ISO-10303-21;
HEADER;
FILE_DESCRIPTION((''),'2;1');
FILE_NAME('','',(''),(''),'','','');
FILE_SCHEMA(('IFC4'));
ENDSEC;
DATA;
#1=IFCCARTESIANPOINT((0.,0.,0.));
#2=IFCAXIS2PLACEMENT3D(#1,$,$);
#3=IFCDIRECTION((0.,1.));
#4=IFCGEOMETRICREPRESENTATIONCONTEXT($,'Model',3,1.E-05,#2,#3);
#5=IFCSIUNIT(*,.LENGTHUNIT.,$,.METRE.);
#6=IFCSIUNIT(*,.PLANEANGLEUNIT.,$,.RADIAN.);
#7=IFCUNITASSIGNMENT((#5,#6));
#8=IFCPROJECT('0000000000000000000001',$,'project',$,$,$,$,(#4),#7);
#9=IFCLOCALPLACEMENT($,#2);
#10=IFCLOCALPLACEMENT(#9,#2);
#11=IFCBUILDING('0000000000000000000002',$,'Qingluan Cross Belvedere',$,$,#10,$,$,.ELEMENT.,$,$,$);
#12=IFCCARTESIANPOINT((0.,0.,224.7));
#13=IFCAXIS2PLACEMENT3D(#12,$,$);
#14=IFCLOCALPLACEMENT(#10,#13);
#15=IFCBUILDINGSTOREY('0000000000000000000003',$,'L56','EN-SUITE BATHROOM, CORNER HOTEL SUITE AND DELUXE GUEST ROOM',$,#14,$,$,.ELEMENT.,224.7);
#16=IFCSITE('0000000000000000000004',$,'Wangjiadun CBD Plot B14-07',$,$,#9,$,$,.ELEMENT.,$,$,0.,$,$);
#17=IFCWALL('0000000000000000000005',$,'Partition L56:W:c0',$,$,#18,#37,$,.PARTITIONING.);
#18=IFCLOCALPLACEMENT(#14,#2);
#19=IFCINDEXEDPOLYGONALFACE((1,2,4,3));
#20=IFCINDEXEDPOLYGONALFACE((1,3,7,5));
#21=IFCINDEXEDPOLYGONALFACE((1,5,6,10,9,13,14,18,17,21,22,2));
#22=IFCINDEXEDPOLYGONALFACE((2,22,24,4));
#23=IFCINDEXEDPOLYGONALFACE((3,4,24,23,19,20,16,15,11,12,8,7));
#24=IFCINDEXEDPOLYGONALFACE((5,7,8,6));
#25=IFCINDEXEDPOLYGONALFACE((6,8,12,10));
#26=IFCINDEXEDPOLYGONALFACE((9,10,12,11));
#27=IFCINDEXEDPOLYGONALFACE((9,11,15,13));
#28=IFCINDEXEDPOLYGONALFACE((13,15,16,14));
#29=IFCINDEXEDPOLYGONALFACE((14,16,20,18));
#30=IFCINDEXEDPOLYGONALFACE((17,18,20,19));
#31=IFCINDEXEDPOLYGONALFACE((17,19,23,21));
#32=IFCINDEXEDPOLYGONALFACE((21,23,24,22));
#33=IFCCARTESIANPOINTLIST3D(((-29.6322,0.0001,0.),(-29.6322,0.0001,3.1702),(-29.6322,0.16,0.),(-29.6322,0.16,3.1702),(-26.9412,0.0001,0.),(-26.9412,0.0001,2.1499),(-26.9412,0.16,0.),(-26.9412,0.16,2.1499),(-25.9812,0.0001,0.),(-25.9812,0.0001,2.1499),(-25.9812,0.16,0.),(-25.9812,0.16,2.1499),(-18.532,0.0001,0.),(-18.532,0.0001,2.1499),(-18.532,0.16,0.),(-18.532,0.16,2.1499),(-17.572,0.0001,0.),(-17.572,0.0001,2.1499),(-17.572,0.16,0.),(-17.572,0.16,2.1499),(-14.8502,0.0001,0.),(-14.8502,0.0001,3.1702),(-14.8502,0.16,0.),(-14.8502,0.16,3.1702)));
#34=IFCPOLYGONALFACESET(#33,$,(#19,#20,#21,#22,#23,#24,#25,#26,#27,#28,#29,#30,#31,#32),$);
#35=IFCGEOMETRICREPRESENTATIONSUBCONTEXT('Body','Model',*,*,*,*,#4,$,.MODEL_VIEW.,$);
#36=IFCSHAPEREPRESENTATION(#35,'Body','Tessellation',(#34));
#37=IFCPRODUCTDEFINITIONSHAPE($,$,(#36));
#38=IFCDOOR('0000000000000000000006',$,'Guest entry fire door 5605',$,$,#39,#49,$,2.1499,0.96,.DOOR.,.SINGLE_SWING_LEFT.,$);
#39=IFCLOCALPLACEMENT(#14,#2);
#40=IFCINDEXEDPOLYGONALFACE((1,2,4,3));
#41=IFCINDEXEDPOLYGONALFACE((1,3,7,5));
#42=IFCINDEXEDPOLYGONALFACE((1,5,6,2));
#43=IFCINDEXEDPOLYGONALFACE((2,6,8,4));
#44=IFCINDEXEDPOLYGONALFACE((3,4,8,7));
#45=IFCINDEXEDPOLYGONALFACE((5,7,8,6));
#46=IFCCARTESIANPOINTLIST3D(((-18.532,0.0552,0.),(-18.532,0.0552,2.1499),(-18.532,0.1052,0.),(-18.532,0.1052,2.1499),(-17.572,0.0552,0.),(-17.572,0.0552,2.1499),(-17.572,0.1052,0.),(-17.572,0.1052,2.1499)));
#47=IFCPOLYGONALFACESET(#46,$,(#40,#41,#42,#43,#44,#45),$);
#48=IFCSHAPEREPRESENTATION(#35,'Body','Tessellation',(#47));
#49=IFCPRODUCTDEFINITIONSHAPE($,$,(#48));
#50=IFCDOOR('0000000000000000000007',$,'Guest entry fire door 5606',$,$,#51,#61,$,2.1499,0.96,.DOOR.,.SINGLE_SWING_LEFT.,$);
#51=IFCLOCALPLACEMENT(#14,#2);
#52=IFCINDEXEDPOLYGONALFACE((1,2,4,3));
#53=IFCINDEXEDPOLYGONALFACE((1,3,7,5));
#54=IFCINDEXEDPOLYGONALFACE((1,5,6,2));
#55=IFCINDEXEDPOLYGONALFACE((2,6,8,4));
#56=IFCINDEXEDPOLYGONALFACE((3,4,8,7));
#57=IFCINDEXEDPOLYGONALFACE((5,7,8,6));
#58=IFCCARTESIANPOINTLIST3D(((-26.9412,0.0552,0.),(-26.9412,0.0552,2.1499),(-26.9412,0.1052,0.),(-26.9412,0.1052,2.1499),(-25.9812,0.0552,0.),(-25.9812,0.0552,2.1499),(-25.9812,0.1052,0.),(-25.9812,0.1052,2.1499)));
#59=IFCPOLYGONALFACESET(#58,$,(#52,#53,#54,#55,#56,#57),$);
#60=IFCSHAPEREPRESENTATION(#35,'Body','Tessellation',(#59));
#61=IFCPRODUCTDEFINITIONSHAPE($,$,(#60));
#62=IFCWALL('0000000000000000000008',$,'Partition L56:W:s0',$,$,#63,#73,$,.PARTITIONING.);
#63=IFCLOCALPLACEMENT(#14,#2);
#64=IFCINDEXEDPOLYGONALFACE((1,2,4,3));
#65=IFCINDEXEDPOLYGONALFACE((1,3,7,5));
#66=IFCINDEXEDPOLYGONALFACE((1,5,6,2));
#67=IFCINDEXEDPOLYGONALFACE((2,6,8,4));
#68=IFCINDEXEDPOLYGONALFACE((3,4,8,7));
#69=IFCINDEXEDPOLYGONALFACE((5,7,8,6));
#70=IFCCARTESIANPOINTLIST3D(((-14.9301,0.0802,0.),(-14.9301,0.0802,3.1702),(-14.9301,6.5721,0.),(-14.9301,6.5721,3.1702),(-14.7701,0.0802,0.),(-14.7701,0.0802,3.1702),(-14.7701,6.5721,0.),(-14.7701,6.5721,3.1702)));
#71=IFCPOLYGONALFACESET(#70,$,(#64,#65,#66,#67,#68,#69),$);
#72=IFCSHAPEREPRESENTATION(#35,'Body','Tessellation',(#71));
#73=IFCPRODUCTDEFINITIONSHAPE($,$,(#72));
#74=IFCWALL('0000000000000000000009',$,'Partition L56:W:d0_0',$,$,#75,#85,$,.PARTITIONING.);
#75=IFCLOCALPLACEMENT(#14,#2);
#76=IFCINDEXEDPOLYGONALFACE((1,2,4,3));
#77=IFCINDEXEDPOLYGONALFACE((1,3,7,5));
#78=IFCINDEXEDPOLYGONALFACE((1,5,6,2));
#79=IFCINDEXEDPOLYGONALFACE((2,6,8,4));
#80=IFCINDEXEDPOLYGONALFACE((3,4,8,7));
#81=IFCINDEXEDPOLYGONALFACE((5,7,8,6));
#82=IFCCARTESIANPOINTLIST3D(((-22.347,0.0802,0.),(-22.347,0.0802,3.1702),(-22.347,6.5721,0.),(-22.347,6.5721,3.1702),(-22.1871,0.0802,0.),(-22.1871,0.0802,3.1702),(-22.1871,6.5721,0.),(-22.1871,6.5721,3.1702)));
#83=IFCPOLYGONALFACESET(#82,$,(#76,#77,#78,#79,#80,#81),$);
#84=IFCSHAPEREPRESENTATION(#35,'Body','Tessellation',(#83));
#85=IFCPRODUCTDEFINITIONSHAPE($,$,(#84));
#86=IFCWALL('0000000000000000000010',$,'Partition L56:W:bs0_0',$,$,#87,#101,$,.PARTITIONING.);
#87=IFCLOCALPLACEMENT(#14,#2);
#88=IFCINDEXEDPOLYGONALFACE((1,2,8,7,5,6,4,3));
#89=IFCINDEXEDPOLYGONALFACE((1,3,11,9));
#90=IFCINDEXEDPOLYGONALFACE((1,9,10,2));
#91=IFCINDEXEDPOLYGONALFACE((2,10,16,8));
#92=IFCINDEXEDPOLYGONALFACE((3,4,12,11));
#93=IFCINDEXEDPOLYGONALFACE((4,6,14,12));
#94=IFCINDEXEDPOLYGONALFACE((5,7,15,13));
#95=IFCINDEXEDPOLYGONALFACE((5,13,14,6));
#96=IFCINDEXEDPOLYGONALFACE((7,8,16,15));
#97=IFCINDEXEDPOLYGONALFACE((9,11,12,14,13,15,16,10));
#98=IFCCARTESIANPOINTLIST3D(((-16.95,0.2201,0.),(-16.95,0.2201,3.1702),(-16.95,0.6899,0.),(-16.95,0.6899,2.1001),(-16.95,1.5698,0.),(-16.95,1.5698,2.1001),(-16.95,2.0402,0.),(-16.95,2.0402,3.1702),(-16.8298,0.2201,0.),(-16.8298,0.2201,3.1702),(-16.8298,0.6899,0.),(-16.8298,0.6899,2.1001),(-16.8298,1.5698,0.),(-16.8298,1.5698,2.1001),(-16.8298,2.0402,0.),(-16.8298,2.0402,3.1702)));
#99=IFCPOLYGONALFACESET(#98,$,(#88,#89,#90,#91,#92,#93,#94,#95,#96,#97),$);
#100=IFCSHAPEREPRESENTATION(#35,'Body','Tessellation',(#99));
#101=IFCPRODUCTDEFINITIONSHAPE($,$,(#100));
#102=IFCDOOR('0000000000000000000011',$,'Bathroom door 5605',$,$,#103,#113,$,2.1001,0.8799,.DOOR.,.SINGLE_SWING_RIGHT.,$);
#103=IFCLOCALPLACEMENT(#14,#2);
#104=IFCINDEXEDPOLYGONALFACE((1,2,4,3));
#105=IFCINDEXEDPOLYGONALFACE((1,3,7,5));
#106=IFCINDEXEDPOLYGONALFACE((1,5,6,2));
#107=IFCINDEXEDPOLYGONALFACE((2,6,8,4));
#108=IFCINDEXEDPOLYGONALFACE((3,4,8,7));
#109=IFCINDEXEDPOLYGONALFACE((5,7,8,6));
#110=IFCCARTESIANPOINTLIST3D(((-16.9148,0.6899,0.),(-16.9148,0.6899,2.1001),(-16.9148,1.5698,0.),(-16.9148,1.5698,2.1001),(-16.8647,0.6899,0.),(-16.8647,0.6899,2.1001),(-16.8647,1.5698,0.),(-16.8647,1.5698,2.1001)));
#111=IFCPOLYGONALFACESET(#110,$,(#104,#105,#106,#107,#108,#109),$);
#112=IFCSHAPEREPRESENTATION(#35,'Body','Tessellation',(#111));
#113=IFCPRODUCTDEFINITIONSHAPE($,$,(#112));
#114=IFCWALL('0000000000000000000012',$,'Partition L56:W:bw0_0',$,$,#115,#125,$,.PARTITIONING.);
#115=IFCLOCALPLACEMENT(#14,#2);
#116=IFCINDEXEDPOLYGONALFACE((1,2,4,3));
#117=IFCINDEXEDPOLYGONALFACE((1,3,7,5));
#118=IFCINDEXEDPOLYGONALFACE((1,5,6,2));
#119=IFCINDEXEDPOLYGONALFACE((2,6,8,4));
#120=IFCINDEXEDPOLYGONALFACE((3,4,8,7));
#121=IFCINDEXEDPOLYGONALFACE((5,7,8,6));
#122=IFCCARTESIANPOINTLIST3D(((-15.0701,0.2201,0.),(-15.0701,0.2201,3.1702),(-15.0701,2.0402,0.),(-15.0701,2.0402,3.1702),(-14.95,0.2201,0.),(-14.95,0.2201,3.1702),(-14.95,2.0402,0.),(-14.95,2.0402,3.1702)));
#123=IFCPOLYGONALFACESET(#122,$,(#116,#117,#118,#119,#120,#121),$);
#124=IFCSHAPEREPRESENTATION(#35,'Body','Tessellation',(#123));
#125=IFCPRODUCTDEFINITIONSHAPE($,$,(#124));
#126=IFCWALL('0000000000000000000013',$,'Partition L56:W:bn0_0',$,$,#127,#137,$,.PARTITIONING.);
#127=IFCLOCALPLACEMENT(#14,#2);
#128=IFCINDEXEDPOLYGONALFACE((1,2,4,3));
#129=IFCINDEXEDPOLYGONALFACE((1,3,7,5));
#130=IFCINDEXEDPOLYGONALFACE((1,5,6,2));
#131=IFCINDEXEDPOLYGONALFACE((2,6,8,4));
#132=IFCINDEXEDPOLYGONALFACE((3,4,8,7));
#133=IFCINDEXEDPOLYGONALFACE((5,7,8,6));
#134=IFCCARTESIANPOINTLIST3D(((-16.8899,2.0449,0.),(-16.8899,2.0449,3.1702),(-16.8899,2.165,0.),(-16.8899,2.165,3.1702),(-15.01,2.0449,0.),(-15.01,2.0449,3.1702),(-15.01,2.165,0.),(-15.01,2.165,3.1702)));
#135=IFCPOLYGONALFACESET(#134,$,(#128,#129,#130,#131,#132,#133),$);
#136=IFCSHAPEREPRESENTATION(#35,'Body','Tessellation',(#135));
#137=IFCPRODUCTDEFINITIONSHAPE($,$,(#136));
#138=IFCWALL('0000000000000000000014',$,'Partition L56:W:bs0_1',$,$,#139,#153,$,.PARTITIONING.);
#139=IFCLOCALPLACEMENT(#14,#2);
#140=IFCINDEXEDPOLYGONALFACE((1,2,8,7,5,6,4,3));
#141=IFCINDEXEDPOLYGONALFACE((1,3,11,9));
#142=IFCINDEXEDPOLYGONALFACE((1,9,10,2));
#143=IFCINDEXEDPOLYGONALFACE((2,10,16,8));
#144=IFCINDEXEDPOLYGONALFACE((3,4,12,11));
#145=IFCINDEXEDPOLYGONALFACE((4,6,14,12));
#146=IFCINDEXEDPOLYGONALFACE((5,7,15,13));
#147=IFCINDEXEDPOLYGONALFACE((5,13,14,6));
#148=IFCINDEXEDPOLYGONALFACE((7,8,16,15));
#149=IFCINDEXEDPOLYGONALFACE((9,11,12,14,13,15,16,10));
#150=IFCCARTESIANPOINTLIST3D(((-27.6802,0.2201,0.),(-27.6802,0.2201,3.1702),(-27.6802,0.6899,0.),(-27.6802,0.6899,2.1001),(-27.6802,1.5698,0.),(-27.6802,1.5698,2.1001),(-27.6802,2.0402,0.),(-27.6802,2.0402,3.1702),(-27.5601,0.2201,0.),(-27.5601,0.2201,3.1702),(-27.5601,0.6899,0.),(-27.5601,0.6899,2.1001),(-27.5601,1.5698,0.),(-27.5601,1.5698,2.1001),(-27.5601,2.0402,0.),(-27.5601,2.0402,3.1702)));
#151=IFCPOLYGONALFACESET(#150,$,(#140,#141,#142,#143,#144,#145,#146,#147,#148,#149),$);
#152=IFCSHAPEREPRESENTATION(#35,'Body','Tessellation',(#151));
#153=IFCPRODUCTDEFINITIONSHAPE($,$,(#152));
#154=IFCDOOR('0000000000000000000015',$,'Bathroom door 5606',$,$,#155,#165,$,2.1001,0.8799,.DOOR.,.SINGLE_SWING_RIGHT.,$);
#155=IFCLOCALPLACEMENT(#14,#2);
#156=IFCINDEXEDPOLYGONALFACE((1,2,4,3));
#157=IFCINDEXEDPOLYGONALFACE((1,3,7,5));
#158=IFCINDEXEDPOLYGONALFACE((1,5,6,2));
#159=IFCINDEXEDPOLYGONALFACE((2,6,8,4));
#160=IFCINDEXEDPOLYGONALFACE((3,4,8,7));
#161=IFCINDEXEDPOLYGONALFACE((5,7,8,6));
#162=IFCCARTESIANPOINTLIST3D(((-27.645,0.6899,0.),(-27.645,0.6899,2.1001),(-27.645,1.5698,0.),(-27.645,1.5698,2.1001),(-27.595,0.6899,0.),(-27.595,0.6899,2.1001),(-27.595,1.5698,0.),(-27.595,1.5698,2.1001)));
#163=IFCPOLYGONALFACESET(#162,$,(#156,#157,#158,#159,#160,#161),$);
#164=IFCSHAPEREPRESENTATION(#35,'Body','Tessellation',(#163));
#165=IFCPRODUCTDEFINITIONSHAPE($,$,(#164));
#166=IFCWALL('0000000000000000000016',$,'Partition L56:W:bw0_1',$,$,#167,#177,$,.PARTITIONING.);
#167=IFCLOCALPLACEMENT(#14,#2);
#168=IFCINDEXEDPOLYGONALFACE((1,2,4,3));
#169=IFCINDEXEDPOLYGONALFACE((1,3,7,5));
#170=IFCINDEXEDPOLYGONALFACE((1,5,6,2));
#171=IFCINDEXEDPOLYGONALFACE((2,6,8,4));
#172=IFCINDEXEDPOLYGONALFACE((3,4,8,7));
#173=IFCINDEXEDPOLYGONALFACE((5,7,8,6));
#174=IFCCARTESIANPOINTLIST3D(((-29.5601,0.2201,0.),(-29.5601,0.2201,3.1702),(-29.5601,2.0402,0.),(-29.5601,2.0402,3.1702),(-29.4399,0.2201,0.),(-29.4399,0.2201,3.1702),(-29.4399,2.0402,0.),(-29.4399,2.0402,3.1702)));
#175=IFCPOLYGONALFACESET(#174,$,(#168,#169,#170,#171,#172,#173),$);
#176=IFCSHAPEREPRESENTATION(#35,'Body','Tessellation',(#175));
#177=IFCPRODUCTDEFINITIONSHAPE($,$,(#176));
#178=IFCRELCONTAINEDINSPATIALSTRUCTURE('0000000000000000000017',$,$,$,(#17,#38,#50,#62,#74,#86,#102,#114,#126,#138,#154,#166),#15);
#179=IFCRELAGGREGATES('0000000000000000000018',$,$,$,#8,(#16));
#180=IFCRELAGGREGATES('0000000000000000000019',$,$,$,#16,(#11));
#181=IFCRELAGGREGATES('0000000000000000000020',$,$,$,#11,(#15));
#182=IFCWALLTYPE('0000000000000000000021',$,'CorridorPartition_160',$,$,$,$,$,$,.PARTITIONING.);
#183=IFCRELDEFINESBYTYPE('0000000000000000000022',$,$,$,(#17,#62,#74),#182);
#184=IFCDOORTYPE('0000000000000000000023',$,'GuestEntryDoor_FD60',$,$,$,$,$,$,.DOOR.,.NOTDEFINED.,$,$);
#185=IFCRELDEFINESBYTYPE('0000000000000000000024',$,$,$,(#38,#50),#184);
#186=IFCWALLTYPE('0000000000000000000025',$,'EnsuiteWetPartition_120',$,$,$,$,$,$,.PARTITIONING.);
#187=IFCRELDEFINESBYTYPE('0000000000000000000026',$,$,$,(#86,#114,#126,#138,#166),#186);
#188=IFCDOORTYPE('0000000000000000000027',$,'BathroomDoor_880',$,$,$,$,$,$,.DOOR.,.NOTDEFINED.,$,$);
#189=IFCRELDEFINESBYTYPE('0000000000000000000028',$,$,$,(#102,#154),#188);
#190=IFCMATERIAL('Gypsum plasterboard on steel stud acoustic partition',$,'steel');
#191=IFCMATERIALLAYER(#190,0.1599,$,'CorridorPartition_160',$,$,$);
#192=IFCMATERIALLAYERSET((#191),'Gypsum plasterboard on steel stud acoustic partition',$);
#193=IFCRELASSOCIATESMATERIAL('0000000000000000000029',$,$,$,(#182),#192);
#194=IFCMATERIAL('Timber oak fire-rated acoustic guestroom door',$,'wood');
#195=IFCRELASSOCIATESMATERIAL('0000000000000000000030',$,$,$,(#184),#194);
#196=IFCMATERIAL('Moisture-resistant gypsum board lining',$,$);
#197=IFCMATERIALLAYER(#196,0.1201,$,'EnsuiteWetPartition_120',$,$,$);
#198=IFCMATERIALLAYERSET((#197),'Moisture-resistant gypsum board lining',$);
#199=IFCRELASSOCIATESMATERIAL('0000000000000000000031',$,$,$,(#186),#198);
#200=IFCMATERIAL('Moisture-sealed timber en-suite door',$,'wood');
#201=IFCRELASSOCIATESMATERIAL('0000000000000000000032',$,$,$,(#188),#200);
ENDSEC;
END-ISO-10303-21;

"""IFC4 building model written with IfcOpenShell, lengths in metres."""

from ifc_helpers import new_model, si_unit, direction, frame, frame_2d, origin, place, context, subcontext, project, spatial, rectangle, extrude, material, layer, layer_set, type_object, element, fill, save


model = new_model("IFC4")

# Units and contexts
model_context = context("Model", 3, precision=1e-05, world=origin(), true_north=direction((0.0, 1.0)))
body_context = subcontext(model_context, "Body", "Model", "MODEL_VIEW")
ifc_project = project(units=[si_unit("LENGTHUNIT", "METRE"), si_unit("PLANEANGLEUNIT", "RADIAN")], contexts=[model_context])

# Site, building, storey
site_placement = place(None, origin())
site = spatial("IfcSite", under=ifc_project, at=site_placement, Name="Wangjiadun CBD Plot B14-07", CompositionType="ELEMENT", RefElevation=0.0)
building_placement = place(site_placement, origin())
building = spatial("IfcBuilding", under=site, at=building_placement, Name="Qingluan Cross Belvedere", CompositionType="ELEMENT")
storey_placement = place(building_placement, frame((0.0, 0.0, 224.7)))
storey = spatial("IfcBuildingStorey", under=building, at=storey_placement, Name="L56", Description="EN-SUITE BATHROOM, CORNER HOTEL SUITE AND DELUXE GUEST ROOM", CompositionType="ELEMENT", Elevation=224.7)

# Wall, openings, doors
ifc_material_1 = material(Name="Gypsum plasterboard on steel stud acoustic partition", Category="steel")
ifc_layer_1 = layer(ifc_material_1, 0.1599, Name="CorridorPartition_160")
ifc_layer_set_1 = layer_set([ifc_layer_1], Name="Gypsum plasterboard on steel stud acoustic partition")
wall_type_1 = type_object("IfcWallType", Name="CorridorPartition_160", PredefinedType="PARTITIONING", material=ifc_layer_set_1)
wall_1_placement = place(storey_placement, frame((-14.8501, 0.0801, 0.0), z_axis=(0.0, 0.0, 1.0), x_axis=(-1.0, 0.0, 0.0)))
wall_1 = element("IfcWall", 1, at=wall_1_placement, inside=storey, type_object=wall_type_1, Name="Partition L56:W:c0", PredefinedType="PARTITIONING", context=body_context, shape_type="SweptSolid", body=[
    extrude(rectangle(XDim=14.782, YDim=0.1599, at=frame_2d((7.3911, 0.0))), origin(), (0.0, 0.0, 1.0), 3.1702),
])
opening_1_placement = place(wall_1_placement, frame((2.7219, 0.0, 0.0)))
opening_1 = element("IfcOpeningElement", 2, at=opening_1_placement, cuts=wall_1, PredefinedType="OPENING", context=body_context, shape_type="SweptSolid", body=[
    extrude(rectangle(XDim=0.96, YDim=2.1499, at=frame_2d((0.48, 1.075))), frame((0.0, 0.0898, 0.0), z_axis=(0.0, -1.0, 0.0), x_axis=(1.0, 0.0, 0.0)), (0.0, 0.0, 1.0), 0.1799),
])
opening_2_placement = place(wall_1_placement, frame((11.1311, 0.0, 0.0)))
opening_2 = element("IfcOpeningElement", 3, at=opening_2_placement, cuts=wall_1, PredefinedType="OPENING", context=body_context, shape_type="SweptSolid", body=[
    extrude(rectangle(XDim=0.96, YDim=2.1499, at=frame_2d((0.48, 1.075))), frame((0.0, 0.0898, 0.0), z_axis=(0.0, -1.0, 0.0), x_axis=(1.0, 0.0, 0.0)), (0.0, 0.0, 1.0), 0.1799),
])
ifc_material_2 = material(Name="Timber oak fire-rated acoustic guestroom door", Category="wood")
door_type_1 = type_object("IfcDoorType", Name="GuestEntryDoor_FD60", OperationType="NOTDEFINED", PredefinedType="DOOR", material=ifc_material_2)
door_1_placement = place(opening_1_placement, origin())
door_1 = element("IfcDoor", 4, at=door_1_placement, inside=storey, type_object=door_type_1, Name="Guest entry fire door 5605", OperationType="SINGLE_SWING_LEFT", OverallHeight=2.1499, OverallWidth=0.96, PredefinedType="DOOR", context=body_context, shape_type="SweptSolid", body=[
    extrude(rectangle(XDim=0.96, YDim=2.1499, at=frame_2d((0.48, 1.075))), frame((0.0, 0.0249, 0.0), z_axis=(0.0, -1.0, 0.0), x_axis=(1.0, 0.0, 0.0)), (0.0, 0.0, 1.0), 0.05),
])
fill(opening_1, door_1)
door_2_placement = place(opening_2_placement, origin())
door_2 = element("IfcDoor", 5, at=door_2_placement, inside=storey, type_object=door_type_1, Name="Guest entry fire door 5606", OperationType="SINGLE_SWING_LEFT", OverallHeight=2.1499, OverallWidth=0.96, PredefinedType="DOOR", context=body_context, shape_type="SweptSolid", body=[
    extrude(rectangle(XDim=0.96, YDim=2.1499, at=frame_2d((0.48, 1.075))), frame((0.0, 0.0249, 0.0), z_axis=(0.0, -1.0, 0.0), x_axis=(1.0, 0.0, 0.0)), (0.0, 0.0, 1.0), 0.05),
])
fill(opening_2, door_2)

# Walls
for number, where, z_axis, x_axis, name in (
    (6, (-14.8501, 0.0801, 0.0), (0.0, 0.0, 1.0), (0.0, 1.0, 0.0), "Partition L56:W:s0"),
    (7, (-22.2671, 0.0801, 0.0), (0.0, 0.0, 1.0), (0.0, 1.0, 0.0), "Partition L56:W:d0_0"),
):
    element("IfcWall", number, at=place(storey_placement, frame(where, z_axis=z_axis, x_axis=x_axis)), inside=storey, type_object=wall_type_1, Name=name, PredefinedType="PARTITIONING", context=body_context, shape_type="SweptSolid", body=[
        extrude(rectangle(XDim=6.4919, YDim=0.1599, at=frame_2d((3.2461, 0.0))), origin(), (0.0, 0.0, 1.0), 3.1702),
    ])

# Wall, opening, door
ifc_material_3 = material(Name="Moisture-resistant gypsum board lining")
ifc_layer_2 = layer(ifc_material_3, 0.1201, Name="EnsuiteWetPartition_120")
ifc_layer_set_2 = layer_set([ifc_layer_2], Name="Moisture-resistant gypsum board lining")
wall_type_2 = type_object("IfcWallType", Name="EnsuiteWetPartition_120", PredefinedType="PARTITIONING", material=ifc_layer_set_2)
wall_2_placement = place(storey_placement, frame((-16.8899, 0.22, 0.0), z_axis=(0.0, 0.0, 1.0), x_axis=(0.0, 1.0, 0.0)))
wall_2 = element("IfcWall", 8, at=wall_2_placement, inside=storey, type_object=wall_type_2, Name="Partition L56:W:bs0_0", PredefinedType="PARTITIONING", context=body_context, shape_type="SweptSolid", body=[
    extrude(rectangle(XDim=1.8201, YDim=0.1201, at=frame_2d((0.9102, 0.0))), origin(), (0.0, 0.0, 1.0), 3.1702),
])
opening_3_placement = place(wall_2_placement, frame((0.47, 0.0, 0.0)))
opening_3 = element("IfcOpeningElement", 9, at=opening_3_placement, cuts=wall_2, PredefinedType="OPENING", context=body_context, shape_type="SweptSolid", body=[
    extrude(rectangle(XDim=0.8799, YDim=2.1001, at=frame_2d((0.4399, 1.05))), frame((0.0, 0.0701, 0.0), z_axis=(0.0, -1.0, 0.0), x_axis=(1.0, 0.0, 0.0)), (0.0, 0.0, 1.0), 0.1401),
])
ifc_material_4 = material(Name="Moisture-sealed timber en-suite door", Category="wood")
door_type_2 = type_object("IfcDoorType", Name="BathroomDoor_880", OperationType="NOTDEFINED", PredefinedType="DOOR", material=ifc_material_4)
door_3_placement = place(opening_3_placement, origin())
door_3 = element("IfcDoor", 10, at=door_3_placement, inside=storey, type_object=door_type_2, Name="Bathroom door 5605", OperationType="SINGLE_SWING_RIGHT", OverallHeight=2.1001, OverallWidth=0.8799, PredefinedType="DOOR", context=body_context, shape_type="SweptSolid", body=[
    extrude(rectangle(XDim=0.8799, YDim=2.1001, at=frame_2d((0.4399, 1.05))), frame((0.0, 0.0249, 0.0), z_axis=(0.0, -1.0, 0.0), x_axis=(1.0, 0.0, 0.0)), (0.0, 0.0, 1.0), 0.05),
])
fill(opening_3, door_3)

# Walls
wall_3_placement = place(storey_placement, frame((-15.01, 0.22, 0.0), z_axis=(0.0, 0.0, 1.0), x_axis=(0.0, 1.0, 0.0)))
element("IfcWall", 11, at=wall_3_placement, inside=storey, type_object=wall_type_2, Name="Partition L56:W:bw0_0", PredefinedType="PARTITIONING", context=body_context, shape_type="SweptSolid", body=[
    extrude(rectangle(XDim=1.8201, YDim=0.1201, at=frame_2d((0.9102, 0.0))), origin(), (0.0, 0.0, 1.0), 3.1702),
])
wall_4_placement = place(storey_placement, frame((-15.01, 2.105, 0.0), z_axis=(0.0, 0.0, 1.0), x_axis=(-1.0, 0.0, 0.0)))
element("IfcWall", 12, at=wall_4_placement, inside=storey, type_object=wall_type_2, Name="Partition L56:W:bn0_0", PredefinedType="PARTITIONING", context=body_context, shape_type="SweptSolid", body=[
    extrude(rectangle(XDim=1.8799, YDim=0.1201, at=frame_2d((0.9399, 0.0))), origin(), (0.0, 0.0, 1.0), 3.1702),
])

# Wall, opening, door
wall_5_placement = place(storey_placement, frame((-27.6201, 0.22, 0.0), z_axis=(0.0, 0.0, 1.0), x_axis=(0.0, 1.0, 0.0)))
wall_5 = element("IfcWall", 13, at=wall_5_placement, inside=storey, type_object=wall_type_2, Name="Partition L56:W:bs0_1", PredefinedType="PARTITIONING", context=body_context, shape_type="SweptSolid", body=[
    extrude(rectangle(XDim=1.8201, YDim=0.1201, at=frame_2d((0.9102, 0.0))), origin(), (0.0, 0.0, 1.0), 3.1702),
])
opening_4_placement = place(wall_5_placement, frame((0.47, 0.0, 0.0)))
opening_4 = element("IfcOpeningElement", 14, at=opening_4_placement, cuts=wall_5, PredefinedType="OPENING", context=body_context, shape_type="SweptSolid", body=[
    extrude(rectangle(XDim=0.8799, YDim=2.1001, at=frame_2d((0.4399, 1.05))), frame((0.0, 0.0701, 0.0), z_axis=(0.0, -1.0, 0.0), x_axis=(1.0, 0.0, 0.0)), (0.0, 0.0, 1.0), 0.1401),
])
door_4_placement = place(opening_4_placement, origin())
door_4 = element("IfcDoor", 15, at=door_4_placement, inside=storey, type_object=door_type_2, Name="Bathroom door 5606", OperationType="SINGLE_SWING_RIGHT", OverallHeight=2.1001, OverallWidth=0.8799, PredefinedType="DOOR", context=body_context, shape_type="SweptSolid", body=[
    extrude(rectangle(XDim=0.8799, YDim=2.1001, at=frame_2d((0.4399, 1.05))), frame((0.0, 0.0249, 0.0), z_axis=(0.0, -1.0, 0.0), x_axis=(1.0, 0.0, 0.0)), (0.0, 0.0, 1.0), 0.05),
])
fill(opening_4, door_4)

# Wall
wall_6_placement = place(storey_placement, frame((-29.5, 0.22, 0.0), z_axis=(0.0, 0.0, 1.0), x_axis=(0.0, 1.0, 0.0)))
element("IfcWall", 16, at=wall_6_placement, inside=storey, type_object=wall_type_2, Name="Partition L56:W:bw0_1", PredefinedType="PARTITIONING", context=body_context, shape_type="SweptSolid", body=[
    extrude(rectangle(XDim=1.8201, YDim=0.1201, at=frame_2d((0.9102, 0.0))), origin(), (0.0, 0.0, 1.0), 3.1702),
])

save(model, "model.ifc")
